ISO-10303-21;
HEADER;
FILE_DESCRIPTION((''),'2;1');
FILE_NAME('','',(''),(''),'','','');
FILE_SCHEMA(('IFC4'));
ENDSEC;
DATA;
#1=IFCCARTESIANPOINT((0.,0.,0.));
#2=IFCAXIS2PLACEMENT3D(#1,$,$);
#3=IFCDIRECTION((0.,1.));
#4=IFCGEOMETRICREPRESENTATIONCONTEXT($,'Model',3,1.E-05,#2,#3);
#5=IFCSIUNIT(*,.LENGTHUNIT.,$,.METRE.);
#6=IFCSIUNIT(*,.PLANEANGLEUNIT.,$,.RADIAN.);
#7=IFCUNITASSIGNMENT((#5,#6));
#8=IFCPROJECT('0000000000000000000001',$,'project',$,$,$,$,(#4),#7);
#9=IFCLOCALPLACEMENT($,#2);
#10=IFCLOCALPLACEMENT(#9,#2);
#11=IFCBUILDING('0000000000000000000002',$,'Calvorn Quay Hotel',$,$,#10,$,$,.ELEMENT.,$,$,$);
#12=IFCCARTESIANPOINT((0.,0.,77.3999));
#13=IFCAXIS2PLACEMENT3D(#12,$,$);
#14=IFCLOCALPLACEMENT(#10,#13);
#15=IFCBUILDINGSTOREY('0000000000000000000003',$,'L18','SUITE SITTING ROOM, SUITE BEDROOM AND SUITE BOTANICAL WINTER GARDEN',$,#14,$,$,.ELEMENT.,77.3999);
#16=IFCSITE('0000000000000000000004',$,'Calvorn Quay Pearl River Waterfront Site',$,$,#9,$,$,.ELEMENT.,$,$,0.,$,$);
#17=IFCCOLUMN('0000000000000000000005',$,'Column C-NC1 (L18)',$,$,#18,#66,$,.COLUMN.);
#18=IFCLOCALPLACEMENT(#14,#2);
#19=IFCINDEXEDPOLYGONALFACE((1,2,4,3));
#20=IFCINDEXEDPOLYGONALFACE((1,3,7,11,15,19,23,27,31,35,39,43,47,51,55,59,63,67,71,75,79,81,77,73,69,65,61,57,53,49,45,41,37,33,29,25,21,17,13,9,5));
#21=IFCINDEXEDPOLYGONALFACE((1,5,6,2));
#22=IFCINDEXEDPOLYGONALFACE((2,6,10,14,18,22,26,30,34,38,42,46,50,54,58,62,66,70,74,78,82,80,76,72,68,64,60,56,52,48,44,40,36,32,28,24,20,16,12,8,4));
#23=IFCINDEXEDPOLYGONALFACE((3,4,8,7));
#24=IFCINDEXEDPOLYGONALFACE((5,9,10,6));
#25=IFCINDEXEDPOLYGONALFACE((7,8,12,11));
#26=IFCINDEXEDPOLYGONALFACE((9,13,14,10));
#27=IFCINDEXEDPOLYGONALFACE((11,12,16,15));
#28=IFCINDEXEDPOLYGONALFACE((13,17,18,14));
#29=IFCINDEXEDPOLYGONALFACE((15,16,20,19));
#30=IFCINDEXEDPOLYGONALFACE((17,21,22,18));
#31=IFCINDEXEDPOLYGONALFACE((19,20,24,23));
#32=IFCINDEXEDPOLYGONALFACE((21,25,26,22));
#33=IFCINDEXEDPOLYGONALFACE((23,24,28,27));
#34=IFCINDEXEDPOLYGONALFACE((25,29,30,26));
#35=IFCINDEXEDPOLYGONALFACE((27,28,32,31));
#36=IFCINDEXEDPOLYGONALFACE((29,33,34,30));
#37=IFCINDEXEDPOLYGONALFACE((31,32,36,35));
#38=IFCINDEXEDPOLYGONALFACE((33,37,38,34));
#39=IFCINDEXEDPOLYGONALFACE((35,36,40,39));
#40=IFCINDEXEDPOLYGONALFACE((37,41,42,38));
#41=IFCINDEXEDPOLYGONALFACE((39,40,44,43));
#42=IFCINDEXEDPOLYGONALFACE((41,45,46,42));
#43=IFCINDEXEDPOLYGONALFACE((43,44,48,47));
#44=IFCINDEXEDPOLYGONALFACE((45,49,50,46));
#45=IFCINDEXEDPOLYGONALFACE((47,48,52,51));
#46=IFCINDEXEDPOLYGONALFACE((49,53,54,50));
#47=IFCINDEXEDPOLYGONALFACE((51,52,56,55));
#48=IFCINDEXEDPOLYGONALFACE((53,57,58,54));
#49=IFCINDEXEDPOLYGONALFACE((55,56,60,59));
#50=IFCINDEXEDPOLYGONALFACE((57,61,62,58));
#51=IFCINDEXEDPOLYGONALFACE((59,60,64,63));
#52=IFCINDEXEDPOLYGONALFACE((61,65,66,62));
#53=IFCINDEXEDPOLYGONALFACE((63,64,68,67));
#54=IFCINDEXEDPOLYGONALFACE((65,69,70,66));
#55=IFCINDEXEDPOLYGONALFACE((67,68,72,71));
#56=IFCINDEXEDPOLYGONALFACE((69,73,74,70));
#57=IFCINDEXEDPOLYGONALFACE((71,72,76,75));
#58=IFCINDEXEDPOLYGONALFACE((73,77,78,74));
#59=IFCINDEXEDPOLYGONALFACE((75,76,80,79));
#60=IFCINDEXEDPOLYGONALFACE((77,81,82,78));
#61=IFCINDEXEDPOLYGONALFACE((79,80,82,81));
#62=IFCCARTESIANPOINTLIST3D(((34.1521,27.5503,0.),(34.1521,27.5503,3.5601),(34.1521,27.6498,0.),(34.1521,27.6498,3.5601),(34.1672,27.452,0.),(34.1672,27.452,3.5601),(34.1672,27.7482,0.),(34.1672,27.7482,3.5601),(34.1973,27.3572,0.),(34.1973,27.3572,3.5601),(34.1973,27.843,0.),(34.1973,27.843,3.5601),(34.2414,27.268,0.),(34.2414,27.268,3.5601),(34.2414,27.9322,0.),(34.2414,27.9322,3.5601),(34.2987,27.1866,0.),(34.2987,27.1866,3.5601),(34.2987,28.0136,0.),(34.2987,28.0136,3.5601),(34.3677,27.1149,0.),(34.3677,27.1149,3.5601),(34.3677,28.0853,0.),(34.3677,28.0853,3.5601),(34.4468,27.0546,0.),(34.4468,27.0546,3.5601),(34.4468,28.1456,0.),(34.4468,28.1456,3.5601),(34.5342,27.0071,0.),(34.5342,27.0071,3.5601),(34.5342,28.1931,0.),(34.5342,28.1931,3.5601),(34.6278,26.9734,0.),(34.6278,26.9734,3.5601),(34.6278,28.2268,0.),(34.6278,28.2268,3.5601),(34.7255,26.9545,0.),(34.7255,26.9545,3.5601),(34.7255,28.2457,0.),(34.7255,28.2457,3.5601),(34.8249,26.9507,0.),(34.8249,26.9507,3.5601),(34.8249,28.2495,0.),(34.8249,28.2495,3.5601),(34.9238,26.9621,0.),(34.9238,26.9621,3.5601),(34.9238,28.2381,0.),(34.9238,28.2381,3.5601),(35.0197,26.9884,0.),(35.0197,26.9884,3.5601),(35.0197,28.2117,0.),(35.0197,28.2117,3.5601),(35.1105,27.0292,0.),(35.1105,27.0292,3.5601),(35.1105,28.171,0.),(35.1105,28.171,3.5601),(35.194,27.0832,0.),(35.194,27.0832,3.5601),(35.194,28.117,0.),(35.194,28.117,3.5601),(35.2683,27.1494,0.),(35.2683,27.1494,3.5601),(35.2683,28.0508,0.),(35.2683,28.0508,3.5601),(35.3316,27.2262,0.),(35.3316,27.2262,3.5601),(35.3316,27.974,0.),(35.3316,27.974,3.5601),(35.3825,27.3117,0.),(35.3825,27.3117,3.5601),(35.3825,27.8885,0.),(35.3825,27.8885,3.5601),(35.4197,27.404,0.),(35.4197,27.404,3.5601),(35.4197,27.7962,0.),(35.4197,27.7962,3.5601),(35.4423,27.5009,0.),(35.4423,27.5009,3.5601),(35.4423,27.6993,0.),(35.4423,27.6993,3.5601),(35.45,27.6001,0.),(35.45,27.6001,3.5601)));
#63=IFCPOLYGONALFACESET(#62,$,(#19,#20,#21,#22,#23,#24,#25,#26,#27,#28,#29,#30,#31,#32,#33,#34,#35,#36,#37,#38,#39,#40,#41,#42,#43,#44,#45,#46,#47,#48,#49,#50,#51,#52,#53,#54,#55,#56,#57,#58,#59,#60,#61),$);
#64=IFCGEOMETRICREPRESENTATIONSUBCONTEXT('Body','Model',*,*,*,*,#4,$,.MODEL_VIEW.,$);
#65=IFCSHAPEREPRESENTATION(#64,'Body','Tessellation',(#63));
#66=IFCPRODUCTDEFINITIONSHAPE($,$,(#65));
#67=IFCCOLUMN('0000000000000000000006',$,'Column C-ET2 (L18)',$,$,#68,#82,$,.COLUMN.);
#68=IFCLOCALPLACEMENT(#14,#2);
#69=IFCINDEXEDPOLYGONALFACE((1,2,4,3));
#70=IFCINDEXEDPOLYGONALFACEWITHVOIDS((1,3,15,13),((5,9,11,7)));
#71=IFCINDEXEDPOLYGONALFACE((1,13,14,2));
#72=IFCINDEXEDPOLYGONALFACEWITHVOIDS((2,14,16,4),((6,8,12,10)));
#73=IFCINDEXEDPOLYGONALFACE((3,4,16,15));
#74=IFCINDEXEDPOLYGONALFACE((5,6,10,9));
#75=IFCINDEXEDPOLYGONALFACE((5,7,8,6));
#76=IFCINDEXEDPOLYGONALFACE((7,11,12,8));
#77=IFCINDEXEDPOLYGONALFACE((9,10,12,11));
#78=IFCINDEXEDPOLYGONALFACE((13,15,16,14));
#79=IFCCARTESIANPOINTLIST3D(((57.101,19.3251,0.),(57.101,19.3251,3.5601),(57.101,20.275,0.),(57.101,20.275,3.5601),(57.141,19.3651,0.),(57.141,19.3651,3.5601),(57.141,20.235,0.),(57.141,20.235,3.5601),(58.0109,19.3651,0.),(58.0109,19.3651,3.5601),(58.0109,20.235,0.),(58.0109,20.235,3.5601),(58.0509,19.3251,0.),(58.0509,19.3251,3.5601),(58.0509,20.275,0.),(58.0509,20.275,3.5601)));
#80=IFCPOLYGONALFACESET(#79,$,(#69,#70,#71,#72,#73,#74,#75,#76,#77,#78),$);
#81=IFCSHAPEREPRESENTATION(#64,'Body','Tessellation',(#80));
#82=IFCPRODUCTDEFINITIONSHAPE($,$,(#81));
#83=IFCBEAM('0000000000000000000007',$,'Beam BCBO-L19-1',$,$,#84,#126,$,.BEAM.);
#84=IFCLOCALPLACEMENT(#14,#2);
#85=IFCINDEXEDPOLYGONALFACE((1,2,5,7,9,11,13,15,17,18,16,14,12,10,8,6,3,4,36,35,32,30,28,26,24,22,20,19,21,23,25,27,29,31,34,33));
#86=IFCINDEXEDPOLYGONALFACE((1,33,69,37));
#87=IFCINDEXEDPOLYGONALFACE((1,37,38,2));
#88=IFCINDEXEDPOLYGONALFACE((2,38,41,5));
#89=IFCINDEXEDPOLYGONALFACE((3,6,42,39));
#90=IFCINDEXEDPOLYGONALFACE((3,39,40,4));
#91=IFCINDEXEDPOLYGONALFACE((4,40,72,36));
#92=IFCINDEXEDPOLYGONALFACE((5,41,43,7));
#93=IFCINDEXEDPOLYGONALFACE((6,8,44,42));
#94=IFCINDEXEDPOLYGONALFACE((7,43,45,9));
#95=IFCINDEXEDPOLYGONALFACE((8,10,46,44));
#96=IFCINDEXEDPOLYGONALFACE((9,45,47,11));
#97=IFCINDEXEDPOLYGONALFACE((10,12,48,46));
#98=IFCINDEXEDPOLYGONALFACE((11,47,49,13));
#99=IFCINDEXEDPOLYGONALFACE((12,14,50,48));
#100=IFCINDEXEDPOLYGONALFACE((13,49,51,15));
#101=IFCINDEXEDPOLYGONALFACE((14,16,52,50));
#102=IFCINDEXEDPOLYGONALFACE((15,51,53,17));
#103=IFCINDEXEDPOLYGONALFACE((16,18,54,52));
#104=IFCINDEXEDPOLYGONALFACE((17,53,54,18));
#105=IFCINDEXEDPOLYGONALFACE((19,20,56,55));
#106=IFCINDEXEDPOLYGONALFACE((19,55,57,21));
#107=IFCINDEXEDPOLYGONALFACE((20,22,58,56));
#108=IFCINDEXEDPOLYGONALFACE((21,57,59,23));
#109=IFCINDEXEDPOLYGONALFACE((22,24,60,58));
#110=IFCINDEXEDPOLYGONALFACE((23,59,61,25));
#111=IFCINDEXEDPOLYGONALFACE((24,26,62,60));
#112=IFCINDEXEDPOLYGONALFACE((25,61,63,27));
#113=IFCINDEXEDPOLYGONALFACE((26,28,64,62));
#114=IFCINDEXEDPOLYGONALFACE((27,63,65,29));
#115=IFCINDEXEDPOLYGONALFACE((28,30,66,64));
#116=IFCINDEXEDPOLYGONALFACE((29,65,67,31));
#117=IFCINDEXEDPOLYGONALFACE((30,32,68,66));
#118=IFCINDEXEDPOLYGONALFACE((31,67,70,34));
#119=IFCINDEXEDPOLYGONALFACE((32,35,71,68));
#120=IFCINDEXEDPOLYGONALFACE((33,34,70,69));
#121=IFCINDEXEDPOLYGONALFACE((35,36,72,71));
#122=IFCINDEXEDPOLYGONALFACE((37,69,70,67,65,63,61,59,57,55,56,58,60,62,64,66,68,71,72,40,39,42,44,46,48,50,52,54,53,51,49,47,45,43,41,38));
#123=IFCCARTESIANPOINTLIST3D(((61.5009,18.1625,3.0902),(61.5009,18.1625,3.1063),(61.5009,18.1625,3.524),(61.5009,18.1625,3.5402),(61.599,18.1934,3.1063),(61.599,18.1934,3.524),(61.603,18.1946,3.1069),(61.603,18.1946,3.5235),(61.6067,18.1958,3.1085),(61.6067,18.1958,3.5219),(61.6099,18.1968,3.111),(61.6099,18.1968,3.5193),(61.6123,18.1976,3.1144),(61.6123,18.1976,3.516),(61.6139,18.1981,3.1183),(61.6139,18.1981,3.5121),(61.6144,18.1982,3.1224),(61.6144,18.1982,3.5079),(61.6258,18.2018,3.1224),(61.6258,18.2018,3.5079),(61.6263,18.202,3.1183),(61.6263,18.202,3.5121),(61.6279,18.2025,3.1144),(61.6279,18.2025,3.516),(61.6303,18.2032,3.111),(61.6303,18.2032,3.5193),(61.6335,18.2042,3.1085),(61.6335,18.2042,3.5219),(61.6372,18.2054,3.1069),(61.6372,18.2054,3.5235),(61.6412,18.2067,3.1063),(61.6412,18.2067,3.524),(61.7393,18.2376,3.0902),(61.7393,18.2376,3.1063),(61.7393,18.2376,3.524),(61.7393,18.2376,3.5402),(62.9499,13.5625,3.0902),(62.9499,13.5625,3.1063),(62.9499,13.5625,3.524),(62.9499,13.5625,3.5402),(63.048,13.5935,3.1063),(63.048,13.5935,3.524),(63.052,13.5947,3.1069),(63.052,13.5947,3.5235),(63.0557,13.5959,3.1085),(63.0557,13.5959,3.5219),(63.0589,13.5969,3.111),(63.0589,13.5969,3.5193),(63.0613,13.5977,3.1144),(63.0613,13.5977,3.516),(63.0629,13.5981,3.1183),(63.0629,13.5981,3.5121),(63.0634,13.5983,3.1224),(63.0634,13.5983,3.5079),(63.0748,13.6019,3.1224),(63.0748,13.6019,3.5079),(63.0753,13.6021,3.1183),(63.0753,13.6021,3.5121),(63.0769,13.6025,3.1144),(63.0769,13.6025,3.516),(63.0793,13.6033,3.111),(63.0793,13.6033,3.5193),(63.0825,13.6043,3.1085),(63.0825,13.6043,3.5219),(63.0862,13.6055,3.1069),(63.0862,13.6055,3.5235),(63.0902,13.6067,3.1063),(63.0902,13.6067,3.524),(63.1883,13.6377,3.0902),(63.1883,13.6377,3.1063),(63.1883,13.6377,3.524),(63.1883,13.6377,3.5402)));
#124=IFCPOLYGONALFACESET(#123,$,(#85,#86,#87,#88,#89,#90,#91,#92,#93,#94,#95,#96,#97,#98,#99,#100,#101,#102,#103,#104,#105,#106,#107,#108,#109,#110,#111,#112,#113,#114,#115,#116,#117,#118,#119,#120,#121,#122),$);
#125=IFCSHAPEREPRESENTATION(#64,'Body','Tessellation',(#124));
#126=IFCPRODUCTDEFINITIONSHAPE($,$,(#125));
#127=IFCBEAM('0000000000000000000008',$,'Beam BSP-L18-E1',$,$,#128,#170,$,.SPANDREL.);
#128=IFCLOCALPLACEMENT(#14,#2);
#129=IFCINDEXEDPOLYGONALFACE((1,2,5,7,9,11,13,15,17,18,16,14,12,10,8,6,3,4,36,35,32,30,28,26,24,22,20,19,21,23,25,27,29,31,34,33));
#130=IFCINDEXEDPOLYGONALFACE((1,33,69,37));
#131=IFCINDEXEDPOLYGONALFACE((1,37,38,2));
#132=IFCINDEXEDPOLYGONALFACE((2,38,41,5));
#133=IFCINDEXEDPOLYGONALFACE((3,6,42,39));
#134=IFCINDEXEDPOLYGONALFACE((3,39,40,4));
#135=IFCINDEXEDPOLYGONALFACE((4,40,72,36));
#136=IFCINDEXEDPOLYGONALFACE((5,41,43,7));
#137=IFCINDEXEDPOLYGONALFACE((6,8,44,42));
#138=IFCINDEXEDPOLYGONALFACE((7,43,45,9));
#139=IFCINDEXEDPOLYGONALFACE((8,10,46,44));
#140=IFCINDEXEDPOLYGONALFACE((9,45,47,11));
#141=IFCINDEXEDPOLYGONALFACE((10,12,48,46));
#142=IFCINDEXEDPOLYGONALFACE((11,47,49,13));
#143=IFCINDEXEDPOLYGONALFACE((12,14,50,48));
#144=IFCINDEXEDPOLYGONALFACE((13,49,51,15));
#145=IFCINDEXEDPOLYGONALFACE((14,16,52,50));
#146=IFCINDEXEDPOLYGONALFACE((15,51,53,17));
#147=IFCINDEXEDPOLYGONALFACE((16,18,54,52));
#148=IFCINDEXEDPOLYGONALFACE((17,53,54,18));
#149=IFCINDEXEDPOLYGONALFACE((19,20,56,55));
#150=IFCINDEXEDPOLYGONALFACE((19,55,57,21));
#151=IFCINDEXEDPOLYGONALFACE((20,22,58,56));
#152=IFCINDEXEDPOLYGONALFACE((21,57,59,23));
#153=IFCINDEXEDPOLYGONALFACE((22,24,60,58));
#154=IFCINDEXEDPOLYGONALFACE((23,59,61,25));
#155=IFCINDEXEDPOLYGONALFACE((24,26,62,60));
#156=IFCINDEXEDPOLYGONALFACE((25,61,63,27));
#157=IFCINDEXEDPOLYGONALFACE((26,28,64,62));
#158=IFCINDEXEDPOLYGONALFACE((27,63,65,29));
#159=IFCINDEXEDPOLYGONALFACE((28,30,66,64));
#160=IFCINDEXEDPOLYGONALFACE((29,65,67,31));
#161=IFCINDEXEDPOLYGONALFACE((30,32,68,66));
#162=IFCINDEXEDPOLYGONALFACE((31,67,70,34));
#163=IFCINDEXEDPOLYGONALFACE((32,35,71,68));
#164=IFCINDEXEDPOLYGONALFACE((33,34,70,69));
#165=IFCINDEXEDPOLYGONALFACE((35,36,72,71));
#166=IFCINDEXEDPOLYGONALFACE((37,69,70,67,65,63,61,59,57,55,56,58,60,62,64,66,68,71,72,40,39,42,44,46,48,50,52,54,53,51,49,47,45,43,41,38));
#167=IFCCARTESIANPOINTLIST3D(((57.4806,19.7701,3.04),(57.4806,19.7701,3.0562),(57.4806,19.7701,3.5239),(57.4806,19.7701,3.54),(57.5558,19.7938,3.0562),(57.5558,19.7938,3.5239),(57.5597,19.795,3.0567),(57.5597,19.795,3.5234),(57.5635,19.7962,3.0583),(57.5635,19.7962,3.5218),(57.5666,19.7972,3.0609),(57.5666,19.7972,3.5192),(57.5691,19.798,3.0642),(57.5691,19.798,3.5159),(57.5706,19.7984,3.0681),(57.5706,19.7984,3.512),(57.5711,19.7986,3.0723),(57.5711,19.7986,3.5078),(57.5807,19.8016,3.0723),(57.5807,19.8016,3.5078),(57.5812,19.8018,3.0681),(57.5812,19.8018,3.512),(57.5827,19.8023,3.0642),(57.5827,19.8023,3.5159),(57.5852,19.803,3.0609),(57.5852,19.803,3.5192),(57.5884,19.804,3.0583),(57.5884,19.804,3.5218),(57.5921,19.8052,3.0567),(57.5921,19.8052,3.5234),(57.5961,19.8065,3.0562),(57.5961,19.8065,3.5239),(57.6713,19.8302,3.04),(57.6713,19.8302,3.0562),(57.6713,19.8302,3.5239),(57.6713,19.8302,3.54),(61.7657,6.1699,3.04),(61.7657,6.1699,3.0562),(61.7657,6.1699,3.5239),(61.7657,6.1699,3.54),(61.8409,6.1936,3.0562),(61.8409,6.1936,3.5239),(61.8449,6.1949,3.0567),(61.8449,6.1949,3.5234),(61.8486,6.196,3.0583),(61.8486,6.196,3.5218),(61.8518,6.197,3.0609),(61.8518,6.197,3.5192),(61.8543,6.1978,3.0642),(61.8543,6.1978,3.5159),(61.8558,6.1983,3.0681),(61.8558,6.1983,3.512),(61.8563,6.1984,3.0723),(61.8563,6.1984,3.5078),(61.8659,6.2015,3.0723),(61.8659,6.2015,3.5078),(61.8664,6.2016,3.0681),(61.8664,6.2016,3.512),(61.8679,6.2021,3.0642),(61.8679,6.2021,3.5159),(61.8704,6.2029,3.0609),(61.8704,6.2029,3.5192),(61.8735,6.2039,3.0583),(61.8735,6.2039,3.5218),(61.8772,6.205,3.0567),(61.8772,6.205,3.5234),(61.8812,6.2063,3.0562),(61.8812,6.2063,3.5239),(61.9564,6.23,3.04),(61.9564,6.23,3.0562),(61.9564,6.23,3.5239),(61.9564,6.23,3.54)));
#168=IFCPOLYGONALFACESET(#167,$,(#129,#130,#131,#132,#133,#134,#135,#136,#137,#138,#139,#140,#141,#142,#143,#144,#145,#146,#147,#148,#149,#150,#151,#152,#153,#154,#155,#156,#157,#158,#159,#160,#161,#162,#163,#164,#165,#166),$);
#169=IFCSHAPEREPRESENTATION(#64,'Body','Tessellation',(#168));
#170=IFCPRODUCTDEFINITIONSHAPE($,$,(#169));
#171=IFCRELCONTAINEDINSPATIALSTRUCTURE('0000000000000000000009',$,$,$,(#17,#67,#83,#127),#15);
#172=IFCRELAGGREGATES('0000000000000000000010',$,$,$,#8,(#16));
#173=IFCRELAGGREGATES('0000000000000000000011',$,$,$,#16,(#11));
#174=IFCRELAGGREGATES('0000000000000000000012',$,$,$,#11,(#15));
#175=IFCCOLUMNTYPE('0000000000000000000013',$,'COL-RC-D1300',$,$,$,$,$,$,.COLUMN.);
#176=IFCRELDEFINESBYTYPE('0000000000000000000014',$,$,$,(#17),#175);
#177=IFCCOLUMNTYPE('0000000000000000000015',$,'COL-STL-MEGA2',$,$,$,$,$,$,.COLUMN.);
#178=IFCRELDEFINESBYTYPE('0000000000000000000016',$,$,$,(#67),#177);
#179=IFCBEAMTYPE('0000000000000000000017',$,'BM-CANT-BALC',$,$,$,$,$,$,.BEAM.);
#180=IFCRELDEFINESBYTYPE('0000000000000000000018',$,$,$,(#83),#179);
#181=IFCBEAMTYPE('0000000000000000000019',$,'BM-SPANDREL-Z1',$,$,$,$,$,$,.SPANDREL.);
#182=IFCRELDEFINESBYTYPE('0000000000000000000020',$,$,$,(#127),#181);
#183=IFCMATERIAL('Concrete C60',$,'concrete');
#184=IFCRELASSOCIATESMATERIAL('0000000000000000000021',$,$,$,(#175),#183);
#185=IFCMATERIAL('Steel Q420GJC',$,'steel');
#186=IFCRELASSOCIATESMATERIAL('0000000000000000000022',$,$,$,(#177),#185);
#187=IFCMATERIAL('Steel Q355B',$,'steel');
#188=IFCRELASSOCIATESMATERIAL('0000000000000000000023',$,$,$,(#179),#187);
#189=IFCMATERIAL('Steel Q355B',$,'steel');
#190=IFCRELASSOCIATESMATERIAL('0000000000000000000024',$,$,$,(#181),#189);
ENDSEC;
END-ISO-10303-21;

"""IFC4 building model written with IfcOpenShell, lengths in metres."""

from ifc_helpers import new_model, si_unit, direction, frame, origin, origin_2d, place, context, subcontext, project, spatial, hollow_rectangle, circle, i_section, extrude, material, material_profile, profile_set, type_object, element, save


model = new_model("IFC4")

# Units and contexts
model_context = context("Model", 3, precision=1e-05, world=origin(), true_north=direction((0.0, 1.0)))
body_context = subcontext(model_context, "Body", "Model", "MODEL_VIEW")
ifc_project = project(units=[si_unit("LENGTHUNIT", "METRE"), si_unit("PLANEANGLEUNIT", "RADIAN")], contexts=[model_context])

# Site, building, storey
site_placement = place(None, origin())
site = spatial("IfcSite", under=ifc_project, at=site_placement, Name="Calvorn Quay Pearl River Waterfront Site", CompositionType="ELEMENT", RefElevation=0.0)
building_placement = place(site_placement, origin())
building = spatial("IfcBuilding", under=site, at=building_placement, Name="Calvorn Quay Hotel", CompositionType="ELEMENT")
storey_placement = place(building_placement, frame((0.0, 0.0, 77.3999)))
storey = spatial("IfcBuildingStorey", under=building, at=storey_placement, Name="L18", Description="SUITE SITTING ROOM, SUITE BEDROOM AND SUITE BOTANICAL WINTER GARDEN", CompositionType="ELEMENT", Elevation=77.3999)

# Columns
ifc_material_1 = material(Name="Concrete C60", Category="concrete")
ifc_material_profile_1 = material_profile(ifc_material_1, circle(Radius=0.6499, at=origin_2d()), Name="RCD1300")
ifc_profile_set_1 = profile_set([ifc_material_profile_1], Name="Concrete C60")
column_type_1 = type_object("IfcColumnType", Name="COL-RC-D1300", PredefinedType="COLUMN", material=ifc_profile_set_1)
column_1_placement = place(storey_placement, frame((34.8, 27.6001, 0.0), z_axis=(0.0, 0.0, 1.0), x_axis=(1.0, 0.0, 0.0)))
element("IfcColumn", 1, at=column_1_placement, inside=storey, type_object=column_type_1, Name="Column C-NC1 (L18)", PredefinedType="COLUMN", context=body_context, shape_type="SweptSolid", body=[
    extrude(circle(Radius=0.6499, at=origin_2d()), origin(), (0.0, 0.0, 1.0), 3.5601),
])
ifc_material_2 = material(Name="Steel Q420GJC", Category="steel")
ifc_material_profile_2 = material_profile(ifc_material_2, hollow_rectangle(XDim=0.95, YDim=0.95, WallThickness=0.04, at=origin_2d()), Name="BOX950x950x40")
ifc_profile_set_2 = profile_set([ifc_material_profile_2], Name="Steel Q420GJC")
column_type_2 = type_object("IfcColumnType", Name="COL-STL-MEGA2", PredefinedType="COLUMN", material=ifc_profile_set_2)
column_2_placement = place(storey_placement, frame((57.5759, 19.8, 0.0), z_axis=(0.0, 0.0, 1.0), x_axis=(1.0, 0.0, 0.0)))
element("IfcColumn", 2, at=column_2_placement, inside=storey, type_object=column_type_2, Name="Column C-ET2 (L18)", PredefinedType="COLUMN", context=body_context, shape_type="SweptSolid", body=[
    extrude(hollow_rectangle(XDim=0.95, YDim=0.95, WallThickness=0.04, at=origin_2d()), origin(), (0.0, 0.0, 1.0), 3.5601),
])

# Beams
ifc_material_3 = material(Name="Steel Q355B", Category="steel")
ifc_material_profile_3 = material_profile(ifc_material_3, i_section(OverallWidth=0.25, OverallDepth=0.45, WebThickness=0.012, FlangeThickness=0.0161, FilletRadius=0.0161, at=origin_2d()), Name="HN450x250x12x16")
ifc_profile_set_3 = profile_set([ifc_material_profile_3], Name="Steel Q355B")
beam_type_1 = type_object("IfcBeamType", Name="BM-CANT-BALC", PredefinedType="BEAM", material=ifc_profile_set_3)
beam_1_placement = place(storey_placement, frame((63.0691, 13.6001, 3.3152), z_axis=(-0.30045, 0.953797, 0.0), x_axis=(-0.953797, -0.30045, 0.0)))
element("IfcBeam", 3, at=beam_1_placement, inside=storey, type_object=beam_type_1, Name="Beam BCBO-L19-1", PredefinedType="BEAM", context=body_context, shape_type="SweptSolid", body=[
    extrude(i_section(OverallWidth=0.25, OverallDepth=0.45, WebThickness=0.012, FlangeThickness=0.0161, FilletRadius=0.0161, at=origin_2d()), origin(), (0.0, 0.0, 1.0), 4.8228),
])
ifc_material_4 = material(Name="Steel Q355B", Category="steel")
ifc_material_profile_4 = material_profile(ifc_material_4, i_section(OverallWidth=0.2, OverallDepth=0.5, WebThickness=0.01, FlangeThickness=0.0161, FilletRadius=0.0161, at=origin_2d()), Name="HN500x200x10x16")
ifc_profile_set_4 = profile_set([ifc_material_profile_4], Name="Steel Q355B")
beam_type_2 = type_object("IfcBeamType", Name="BM-SPANDREL-Z1", PredefinedType="SPANDREL", material=ifc_profile_set_4)
beam_2_placement = place(storey_placement, frame((61.8611, 6.2, 3.29), z_axis=(-0.300518, 0.953776, 0.0), x_axis=(-0.953776, -0.300518, 0.0)))
element("IfcBeam", 4, at=beam_2_placement, inside=storey, type_object=beam_type_2, Name="Beam BSP-L18-E1", PredefinedType="SPANDREL", context=body_context, shape_type="SweptSolid", body=[
    extrude(i_section(OverallWidth=0.2, OverallDepth=0.5, WebThickness=0.01, FlangeThickness=0.0161, FilletRadius=0.0161, at=origin_2d()), origin(), (0.0, 0.0, 1.0), 14.2593),
])

save(model, "model.ifc")
